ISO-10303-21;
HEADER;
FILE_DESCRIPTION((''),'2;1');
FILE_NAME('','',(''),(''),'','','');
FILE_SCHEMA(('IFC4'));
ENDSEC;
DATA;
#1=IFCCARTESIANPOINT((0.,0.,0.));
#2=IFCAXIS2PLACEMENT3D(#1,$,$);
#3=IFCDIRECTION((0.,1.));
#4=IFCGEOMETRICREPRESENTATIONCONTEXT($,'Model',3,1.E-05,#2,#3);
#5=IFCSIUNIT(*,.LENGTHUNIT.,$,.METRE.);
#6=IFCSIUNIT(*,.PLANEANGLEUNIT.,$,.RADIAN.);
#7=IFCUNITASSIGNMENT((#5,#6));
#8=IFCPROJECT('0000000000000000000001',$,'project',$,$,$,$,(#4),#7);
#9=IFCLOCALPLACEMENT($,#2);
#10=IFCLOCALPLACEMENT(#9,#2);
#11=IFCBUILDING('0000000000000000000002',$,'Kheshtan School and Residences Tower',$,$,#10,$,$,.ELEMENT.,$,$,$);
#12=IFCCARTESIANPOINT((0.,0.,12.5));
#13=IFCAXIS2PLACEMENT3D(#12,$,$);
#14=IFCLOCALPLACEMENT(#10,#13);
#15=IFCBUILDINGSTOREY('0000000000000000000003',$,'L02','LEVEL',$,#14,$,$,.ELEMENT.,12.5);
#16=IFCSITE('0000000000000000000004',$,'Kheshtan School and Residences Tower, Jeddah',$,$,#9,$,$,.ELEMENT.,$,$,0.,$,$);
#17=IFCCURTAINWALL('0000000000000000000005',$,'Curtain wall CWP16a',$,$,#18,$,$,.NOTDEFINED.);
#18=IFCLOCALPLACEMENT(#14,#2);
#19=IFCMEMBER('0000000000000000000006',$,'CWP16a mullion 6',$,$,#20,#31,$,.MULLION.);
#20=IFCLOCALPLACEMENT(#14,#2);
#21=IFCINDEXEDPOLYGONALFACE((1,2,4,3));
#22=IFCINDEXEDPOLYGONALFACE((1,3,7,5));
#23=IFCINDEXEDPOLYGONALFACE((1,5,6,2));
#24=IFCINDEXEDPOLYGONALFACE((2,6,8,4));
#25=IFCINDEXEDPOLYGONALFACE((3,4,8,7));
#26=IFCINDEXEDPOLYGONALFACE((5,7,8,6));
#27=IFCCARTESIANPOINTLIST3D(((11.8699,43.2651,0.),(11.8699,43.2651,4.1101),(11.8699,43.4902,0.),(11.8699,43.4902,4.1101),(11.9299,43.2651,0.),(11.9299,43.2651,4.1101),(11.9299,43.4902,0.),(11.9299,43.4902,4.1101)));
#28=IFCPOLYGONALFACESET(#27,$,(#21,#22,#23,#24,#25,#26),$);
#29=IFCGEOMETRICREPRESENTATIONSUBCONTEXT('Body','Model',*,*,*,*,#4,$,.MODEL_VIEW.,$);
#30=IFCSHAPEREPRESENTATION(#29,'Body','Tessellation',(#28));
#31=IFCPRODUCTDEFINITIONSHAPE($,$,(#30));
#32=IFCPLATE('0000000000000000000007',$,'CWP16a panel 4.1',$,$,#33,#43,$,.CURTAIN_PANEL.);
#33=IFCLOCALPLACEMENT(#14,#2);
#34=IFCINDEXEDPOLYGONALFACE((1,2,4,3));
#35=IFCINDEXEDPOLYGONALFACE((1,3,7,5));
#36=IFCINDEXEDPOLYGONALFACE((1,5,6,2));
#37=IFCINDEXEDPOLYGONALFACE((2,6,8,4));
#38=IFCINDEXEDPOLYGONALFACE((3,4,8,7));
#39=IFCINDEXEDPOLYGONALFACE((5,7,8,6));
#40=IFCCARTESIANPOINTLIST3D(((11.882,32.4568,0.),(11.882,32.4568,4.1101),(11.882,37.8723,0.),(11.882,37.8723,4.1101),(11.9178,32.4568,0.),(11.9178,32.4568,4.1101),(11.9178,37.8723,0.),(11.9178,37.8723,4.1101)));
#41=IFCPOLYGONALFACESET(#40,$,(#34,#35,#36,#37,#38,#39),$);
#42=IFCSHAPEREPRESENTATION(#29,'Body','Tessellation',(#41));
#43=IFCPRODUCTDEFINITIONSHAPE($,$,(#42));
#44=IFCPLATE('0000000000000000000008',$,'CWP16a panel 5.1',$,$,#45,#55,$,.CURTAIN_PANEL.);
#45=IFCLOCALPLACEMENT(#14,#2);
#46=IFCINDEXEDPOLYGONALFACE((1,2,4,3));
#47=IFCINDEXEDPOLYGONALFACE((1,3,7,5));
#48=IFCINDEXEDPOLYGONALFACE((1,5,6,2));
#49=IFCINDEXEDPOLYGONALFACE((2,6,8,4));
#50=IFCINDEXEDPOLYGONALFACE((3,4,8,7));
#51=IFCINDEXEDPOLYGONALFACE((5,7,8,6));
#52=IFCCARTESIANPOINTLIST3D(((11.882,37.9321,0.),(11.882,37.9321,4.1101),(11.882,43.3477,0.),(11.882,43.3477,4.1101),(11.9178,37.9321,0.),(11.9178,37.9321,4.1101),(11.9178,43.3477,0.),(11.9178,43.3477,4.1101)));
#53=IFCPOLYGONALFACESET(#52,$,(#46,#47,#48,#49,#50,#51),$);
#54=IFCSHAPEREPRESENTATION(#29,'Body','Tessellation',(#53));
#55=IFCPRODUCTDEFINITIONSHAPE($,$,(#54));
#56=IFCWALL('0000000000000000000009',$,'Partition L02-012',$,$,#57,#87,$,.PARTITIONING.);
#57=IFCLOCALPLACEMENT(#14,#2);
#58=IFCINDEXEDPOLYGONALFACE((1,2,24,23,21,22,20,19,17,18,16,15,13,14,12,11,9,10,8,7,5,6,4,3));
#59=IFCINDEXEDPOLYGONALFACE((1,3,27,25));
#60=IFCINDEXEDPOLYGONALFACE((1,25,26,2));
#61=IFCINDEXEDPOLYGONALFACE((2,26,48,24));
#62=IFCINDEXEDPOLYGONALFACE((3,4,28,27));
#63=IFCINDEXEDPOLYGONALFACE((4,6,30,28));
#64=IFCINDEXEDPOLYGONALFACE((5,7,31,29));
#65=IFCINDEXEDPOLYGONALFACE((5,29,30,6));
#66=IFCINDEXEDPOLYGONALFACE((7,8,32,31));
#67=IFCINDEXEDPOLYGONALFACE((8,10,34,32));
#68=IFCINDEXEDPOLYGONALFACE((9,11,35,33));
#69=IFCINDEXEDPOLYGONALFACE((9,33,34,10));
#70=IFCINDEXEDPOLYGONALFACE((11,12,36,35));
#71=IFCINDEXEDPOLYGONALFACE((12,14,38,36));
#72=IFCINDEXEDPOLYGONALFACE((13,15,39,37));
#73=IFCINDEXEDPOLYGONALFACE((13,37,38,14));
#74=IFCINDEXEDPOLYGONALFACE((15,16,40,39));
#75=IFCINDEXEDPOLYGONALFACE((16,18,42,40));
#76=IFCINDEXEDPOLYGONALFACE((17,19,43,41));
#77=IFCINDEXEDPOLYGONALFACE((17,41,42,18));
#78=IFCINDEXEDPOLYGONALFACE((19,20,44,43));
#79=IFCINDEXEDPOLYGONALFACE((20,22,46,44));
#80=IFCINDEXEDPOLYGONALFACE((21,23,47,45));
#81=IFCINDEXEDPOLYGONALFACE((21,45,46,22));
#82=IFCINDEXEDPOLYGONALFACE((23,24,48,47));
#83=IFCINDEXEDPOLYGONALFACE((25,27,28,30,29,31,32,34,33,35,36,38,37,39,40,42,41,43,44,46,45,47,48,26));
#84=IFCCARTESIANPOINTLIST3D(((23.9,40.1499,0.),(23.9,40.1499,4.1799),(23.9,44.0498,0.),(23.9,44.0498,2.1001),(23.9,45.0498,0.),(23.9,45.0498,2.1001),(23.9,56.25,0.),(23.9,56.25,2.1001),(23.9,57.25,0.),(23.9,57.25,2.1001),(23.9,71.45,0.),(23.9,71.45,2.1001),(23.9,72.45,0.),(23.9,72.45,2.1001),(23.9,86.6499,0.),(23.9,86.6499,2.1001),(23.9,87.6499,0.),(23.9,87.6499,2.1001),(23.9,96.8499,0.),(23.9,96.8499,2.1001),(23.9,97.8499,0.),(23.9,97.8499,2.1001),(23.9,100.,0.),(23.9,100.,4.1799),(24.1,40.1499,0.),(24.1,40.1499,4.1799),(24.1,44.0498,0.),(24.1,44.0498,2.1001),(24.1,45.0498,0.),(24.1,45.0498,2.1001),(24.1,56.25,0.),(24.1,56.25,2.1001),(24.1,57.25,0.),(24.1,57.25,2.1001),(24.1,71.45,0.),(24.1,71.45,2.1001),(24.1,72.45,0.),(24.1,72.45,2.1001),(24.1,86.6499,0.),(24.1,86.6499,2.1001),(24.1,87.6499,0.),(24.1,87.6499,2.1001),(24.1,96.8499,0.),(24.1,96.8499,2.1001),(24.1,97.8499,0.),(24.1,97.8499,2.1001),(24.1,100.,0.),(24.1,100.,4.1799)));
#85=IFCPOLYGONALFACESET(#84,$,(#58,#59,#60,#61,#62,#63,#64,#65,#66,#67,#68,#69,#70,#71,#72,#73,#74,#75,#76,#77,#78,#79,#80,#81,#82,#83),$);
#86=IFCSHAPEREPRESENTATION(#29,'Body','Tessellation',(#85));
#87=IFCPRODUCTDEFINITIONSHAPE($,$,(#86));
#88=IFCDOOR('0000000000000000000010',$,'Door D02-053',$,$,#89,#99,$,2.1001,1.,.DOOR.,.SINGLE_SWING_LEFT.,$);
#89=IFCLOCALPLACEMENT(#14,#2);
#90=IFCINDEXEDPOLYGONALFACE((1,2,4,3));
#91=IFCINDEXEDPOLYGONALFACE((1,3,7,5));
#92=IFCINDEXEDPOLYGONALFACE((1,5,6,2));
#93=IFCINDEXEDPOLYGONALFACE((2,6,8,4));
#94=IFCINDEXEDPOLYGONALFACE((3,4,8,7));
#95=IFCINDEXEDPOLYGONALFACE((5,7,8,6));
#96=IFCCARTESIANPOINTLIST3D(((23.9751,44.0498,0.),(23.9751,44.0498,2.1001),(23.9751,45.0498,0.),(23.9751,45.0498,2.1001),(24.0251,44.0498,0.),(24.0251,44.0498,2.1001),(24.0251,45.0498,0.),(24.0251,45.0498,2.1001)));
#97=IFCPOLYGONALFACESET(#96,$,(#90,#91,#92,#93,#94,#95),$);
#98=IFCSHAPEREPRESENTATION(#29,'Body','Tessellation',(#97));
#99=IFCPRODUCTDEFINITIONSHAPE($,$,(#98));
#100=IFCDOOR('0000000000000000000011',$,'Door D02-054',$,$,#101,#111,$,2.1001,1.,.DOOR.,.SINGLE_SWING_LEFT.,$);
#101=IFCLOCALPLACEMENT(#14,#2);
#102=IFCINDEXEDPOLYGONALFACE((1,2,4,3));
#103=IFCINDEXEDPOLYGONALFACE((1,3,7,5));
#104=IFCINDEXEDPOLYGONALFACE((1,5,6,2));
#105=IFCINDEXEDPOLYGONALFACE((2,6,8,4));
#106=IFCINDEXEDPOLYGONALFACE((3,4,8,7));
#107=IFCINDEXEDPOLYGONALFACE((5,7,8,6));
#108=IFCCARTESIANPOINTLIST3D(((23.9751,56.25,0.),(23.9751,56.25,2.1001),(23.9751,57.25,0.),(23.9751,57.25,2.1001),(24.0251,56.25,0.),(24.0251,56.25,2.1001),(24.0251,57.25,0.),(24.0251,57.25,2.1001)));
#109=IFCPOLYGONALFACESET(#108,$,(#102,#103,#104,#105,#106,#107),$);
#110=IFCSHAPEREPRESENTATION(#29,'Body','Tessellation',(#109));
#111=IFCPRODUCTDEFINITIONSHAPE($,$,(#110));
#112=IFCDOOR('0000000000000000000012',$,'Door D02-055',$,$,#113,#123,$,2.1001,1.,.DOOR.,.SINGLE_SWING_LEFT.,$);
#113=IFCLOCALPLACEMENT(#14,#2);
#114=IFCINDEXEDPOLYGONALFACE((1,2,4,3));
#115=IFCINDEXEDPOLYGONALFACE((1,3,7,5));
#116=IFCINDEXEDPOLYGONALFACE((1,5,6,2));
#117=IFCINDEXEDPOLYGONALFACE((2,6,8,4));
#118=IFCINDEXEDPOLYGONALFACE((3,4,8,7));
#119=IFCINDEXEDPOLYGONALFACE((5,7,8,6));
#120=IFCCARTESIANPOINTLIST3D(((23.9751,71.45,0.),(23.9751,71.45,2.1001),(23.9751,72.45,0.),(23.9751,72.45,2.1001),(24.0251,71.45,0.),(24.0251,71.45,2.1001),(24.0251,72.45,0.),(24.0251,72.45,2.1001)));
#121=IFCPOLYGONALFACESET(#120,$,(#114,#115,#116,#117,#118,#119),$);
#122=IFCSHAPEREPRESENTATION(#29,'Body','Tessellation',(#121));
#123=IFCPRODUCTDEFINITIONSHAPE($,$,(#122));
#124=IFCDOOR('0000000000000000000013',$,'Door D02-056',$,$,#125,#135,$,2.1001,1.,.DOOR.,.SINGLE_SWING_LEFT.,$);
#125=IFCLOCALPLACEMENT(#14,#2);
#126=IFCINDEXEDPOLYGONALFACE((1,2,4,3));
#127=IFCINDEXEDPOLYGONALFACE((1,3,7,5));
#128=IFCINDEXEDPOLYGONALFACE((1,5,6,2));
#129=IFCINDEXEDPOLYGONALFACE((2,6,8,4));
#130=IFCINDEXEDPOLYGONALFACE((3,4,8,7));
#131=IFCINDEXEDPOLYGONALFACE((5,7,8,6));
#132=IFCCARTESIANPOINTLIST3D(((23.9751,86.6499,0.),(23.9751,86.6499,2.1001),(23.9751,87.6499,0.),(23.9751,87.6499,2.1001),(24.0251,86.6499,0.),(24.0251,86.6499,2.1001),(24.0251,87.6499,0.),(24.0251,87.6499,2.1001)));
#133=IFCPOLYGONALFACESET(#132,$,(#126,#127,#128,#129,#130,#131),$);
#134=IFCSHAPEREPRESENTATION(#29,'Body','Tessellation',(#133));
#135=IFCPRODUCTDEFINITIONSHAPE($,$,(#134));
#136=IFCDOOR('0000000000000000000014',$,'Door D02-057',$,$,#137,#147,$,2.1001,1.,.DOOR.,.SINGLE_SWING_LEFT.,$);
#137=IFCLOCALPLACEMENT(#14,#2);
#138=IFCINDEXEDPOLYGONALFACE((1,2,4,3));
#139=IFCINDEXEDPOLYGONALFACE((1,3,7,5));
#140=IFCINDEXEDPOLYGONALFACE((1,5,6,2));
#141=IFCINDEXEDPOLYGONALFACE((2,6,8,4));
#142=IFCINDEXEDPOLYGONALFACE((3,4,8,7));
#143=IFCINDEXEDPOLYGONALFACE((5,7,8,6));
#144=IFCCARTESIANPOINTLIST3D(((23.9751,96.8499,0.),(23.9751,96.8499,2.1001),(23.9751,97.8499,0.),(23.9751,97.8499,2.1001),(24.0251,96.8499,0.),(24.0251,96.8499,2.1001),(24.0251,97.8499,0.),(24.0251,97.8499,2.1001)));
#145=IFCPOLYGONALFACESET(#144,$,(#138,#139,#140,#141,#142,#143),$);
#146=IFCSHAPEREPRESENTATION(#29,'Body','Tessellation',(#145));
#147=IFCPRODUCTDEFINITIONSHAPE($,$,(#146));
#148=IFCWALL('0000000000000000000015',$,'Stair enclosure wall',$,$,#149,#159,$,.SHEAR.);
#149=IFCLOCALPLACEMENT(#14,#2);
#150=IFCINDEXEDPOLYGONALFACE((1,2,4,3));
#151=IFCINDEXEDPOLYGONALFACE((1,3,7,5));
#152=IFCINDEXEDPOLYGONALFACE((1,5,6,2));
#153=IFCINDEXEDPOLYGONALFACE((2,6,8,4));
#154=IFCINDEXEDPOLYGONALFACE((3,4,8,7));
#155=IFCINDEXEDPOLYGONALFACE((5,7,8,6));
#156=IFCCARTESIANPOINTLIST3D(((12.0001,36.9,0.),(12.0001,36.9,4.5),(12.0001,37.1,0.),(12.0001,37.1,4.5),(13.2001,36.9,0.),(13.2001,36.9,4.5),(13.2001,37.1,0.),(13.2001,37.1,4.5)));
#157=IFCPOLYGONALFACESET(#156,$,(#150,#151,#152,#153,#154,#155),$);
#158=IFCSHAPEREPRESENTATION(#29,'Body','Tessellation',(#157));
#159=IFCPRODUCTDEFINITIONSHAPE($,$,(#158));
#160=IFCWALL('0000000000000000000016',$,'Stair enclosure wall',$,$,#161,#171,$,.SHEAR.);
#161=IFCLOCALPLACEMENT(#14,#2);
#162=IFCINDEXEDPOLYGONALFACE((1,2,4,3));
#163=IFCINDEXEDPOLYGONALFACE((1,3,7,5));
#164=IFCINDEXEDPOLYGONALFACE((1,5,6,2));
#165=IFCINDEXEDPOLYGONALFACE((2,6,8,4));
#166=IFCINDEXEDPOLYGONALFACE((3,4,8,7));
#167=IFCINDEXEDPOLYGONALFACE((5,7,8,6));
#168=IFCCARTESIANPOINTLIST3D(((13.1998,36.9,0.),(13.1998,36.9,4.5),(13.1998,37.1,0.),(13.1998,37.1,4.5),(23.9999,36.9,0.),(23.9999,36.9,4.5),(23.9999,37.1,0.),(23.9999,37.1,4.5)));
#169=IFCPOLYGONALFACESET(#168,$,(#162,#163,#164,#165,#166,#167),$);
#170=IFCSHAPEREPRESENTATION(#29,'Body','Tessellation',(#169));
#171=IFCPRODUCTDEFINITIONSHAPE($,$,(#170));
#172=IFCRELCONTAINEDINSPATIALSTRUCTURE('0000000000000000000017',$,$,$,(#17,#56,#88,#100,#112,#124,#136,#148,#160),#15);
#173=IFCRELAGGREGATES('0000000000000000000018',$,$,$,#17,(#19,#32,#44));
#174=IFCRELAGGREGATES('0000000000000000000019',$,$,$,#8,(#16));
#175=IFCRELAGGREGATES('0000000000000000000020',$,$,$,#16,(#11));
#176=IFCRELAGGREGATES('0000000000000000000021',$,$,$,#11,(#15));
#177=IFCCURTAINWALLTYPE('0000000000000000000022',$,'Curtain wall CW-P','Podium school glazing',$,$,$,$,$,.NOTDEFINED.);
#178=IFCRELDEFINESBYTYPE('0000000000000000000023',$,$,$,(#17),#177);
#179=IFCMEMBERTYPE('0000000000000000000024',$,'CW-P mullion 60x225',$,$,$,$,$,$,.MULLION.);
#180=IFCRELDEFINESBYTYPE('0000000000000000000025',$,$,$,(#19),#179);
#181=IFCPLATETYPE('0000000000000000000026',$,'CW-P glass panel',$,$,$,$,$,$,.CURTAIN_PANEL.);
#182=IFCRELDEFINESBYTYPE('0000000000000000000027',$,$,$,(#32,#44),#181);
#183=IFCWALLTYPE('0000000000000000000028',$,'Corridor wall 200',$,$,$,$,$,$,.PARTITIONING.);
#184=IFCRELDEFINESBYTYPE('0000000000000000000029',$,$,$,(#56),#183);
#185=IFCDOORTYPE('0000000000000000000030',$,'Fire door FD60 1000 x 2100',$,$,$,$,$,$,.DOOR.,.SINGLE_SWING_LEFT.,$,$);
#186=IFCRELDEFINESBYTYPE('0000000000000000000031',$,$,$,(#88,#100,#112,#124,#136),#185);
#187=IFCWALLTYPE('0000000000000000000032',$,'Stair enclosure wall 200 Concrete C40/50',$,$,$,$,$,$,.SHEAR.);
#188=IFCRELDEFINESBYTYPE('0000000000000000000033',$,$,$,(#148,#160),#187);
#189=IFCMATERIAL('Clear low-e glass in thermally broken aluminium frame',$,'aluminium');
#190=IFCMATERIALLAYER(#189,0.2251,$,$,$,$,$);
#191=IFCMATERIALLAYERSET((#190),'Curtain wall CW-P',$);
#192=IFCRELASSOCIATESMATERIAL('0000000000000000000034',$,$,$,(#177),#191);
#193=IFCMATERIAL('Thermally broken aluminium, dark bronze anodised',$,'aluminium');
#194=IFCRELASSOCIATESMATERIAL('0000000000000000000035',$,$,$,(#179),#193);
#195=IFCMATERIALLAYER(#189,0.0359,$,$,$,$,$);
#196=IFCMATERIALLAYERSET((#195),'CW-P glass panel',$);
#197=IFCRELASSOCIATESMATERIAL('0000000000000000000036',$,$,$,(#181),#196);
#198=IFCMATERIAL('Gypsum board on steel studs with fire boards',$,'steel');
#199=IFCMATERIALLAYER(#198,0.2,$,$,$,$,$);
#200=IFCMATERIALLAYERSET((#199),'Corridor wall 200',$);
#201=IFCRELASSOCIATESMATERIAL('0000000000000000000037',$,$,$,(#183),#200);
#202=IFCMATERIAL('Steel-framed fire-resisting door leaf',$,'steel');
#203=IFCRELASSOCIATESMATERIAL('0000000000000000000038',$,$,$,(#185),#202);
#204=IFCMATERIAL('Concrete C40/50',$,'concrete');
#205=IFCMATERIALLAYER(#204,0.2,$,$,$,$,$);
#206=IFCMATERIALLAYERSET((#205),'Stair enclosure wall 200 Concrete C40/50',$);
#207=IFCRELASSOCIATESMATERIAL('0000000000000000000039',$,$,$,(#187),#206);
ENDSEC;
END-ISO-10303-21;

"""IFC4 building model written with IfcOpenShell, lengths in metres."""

from ifc_helpers import new_model, si_unit, direction, frame, frame_2d, origin, origin_2d, place, context, subcontext, project, spatial, rectangle, extrude, source, transform, mapped, material, layer, layer_set, material_profile, profile_set, type_object, element, fill, aggregate, save


model = new_model("IFC4")

# Units and contexts
model_context = context("Model", 3, precision=1e-05, world=origin(), true_north=direction((0.0, 1.0)))
body_context = subcontext(model_context, "Body", "Model", "MODEL_VIEW")
ifc_project = project(units=[si_unit("LENGTHUNIT", "METRE"), si_unit("PLANEANGLEUNIT", "RADIAN")], contexts=[model_context])

# Site, building, storey
site_placement = place(None, origin())
site = spatial("IfcSite", under=ifc_project, at=site_placement, Name="Kheshtan School and Residences Tower, Jeddah", CompositionType="ELEMENT", RefElevation=0.0)
building_placement = place(site_placement, origin())
building = spatial("IfcBuilding", under=site, at=building_placement, Name="Kheshtan School and Residences Tower", CompositionType="ELEMENT")
storey_placement = place(building_placement, frame((0.0, 0.0, 12.5)))
storey = spatial("IfcBuildingStorey", under=building, at=storey_placement, Name="L02", Description="LEVEL", CompositionType="ELEMENT", Elevation=12.5)

# Curtain wall, member, plates
ifc_material_1 = material(Name="Clear low-e glass in thermally broken aluminium frame", Category="aluminium")
ifc_layer_1 = layer(ifc_material_1, 0.2251)
ifc_layer_set_1 = layer_set([ifc_layer_1], Name="Curtain wall CW-P")
curtain_wall_type = type_object("IfcCurtainWallType", Name="Curtain wall CW-P", Description="Podium school glazing", PredefinedType="NOTDEFINED", material=ifc_layer_set_1)
curtain_wall_placement = place(storey_placement, origin())
curtain_wall = element("IfcCurtainWall", 1, at=curtain_wall_placement, inside=storey, type_object=curtain_wall_type, Name="Curtain wall CWP16a", PredefinedType="NOTDEFINED")
ifc_material_2 = material(Name="Thermally broken aluminium, dark bronze anodised", Category="aluminium")
ifc_material_profile_1 = material_profile(ifc_material_2, rectangle(XDim=0.0601, YDim=0.2251, at=origin_2d()), Name="CW-P mullion 60x225")
ifc_profile_set_1 = profile_set([ifc_material_profile_1], Name="Thermally broken aluminium, dark bronze anodised")
member_type = type_object("IfcMemberType", Name="CW-P mullion 60x225", PredefinedType="MULLION", material=ifc_profile_set_1)
member_1_placement = place(storey_placement, frame((11.8999, 43.3777, 0.0), z_axis=(0.0, 0.0, 1.0), x_axis=(-1.0, 0.0, 0.0)))
member_1 = element("IfcMember", 2, at=member_1_placement, type_object=member_type, Name="CWP16a mullion 6", PredefinedType="MULLION", context=body_context, shape_type="SweptSolid", body=[
    extrude(rectangle(XDim=0.0601, YDim=0.2251, at=origin_2d()), origin(), (0.0, 0.0, 1.0), 4.1101),
])
ifc_layer_2 = layer(ifc_material_1, 0.0359)
ifc_layer_set_2 = layer_set([ifc_layer_2], Name="CW-P glass panel")
plate_type = type_object("IfcPlateType", Name="CW-P glass panel", PredefinedType="CURTAIN_PANEL", material=ifc_layer_set_2)
plate_1_placement = place(storey_placement, frame((11.8999, 35.1646, 0.0), z_axis=(0.0, 0.0, 1.0), x_axis=(0.0, 1.0, 0.0)))
plate_1 = element("IfcPlate", 3, at=plate_1_placement, type_object=plate_type, Name="CWP16a panel 4.1", PredefinedType="CURTAIN_PANEL", context=body_context, shape_type="SweptSolid", body=[
    extrude(rectangle(XDim=5.4155, YDim=0.0359, at=origin_2d()), origin(), (0.0, 0.0, 1.0), 4.1101),
])
plate_2_placement = place(storey_placement, frame((11.8999, 40.6399, 0.0), z_axis=(0.0, 0.0, 1.0), x_axis=(0.0, 1.0, 0.0)))
plate_2 = element("IfcPlate", 4, at=plate_2_placement, type_object=plate_type, Name="CWP16a panel 5.1", PredefinedType="CURTAIN_PANEL", context=body_context, shape_type="SweptSolid", body=[
    extrude(rectangle(XDim=5.4155, YDim=0.0359, at=origin_2d()), origin(), (0.0, 0.0, 1.0), 4.1101),
])
aggregate(curtain_wall, [member_1, plate_1, plate_2])

# Wall, openings, doors
ifc_material_3 = material(Name="Gypsum board on steel studs with fire boards", Category="steel")
ifc_layer_3 = layer(ifc_material_3, 0.2)
ifc_layer_set_3 = layer_set([ifc_layer_3], Name="Corridor wall 200")
wall_type_1 = type_object("IfcWallType", Name="Corridor wall 200", PredefinedType="PARTITIONING", material=ifc_layer_set_3)
wall_1_placement = place(storey_placement, frame((24.0, 40.1499, 0.0), z_axis=(0.0, 0.0, 1.0), x_axis=(0.0, 1.0, 0.0)))
wall_1 = element("IfcWall", 5, at=wall_1_placement, inside=storey, type_object=wall_type_1, Name="Partition L02-012", PredefinedType="PARTITIONING", context=body_context, shape_type="SweptSolid", body=[
    extrude(rectangle(XDim=59.8501, YDim=0.2, at=frame_2d((29.925, 0.0))), origin(), (0.0, 0.0, 1.0), 4.1799),
])
opening_1_placement = place(wall_1_placement, frame((3.8999, 0.0, 0.0)))
opening_1 = element("IfcOpeningElement", 6, at=opening_1_placement, cuts=wall_1, PredefinedType="OPENING", context=body_context, shape_type="SweptSolid", body=[
    extrude(rectangle(XDim=1.0, YDim=2.1001, at=frame_2d((0.5, 1.05))), frame((0.0, 0.1099, 0.0), z_axis=(0.0, -1.0, 0.0), x_axis=(1.0, 0.0, 0.0)), (0.0, 0.0, 1.0), 0.22),
])
opening_2_placement = place(wall_1_placement, frame((16.1001, 0.0, 0.0)))
opening_2 = element("IfcOpeningElement", 7, at=opening_2_placement, cuts=wall_1, PredefinedType="OPENING", context=body_context, shape_type="SweptSolid", body=[
    extrude(rectangle(XDim=1.0, YDim=2.1001, at=frame_2d((0.5, 1.05))), frame((0.0, 0.1099, 0.0), z_axis=(0.0, -1.0, 0.0), x_axis=(1.0, 0.0, 0.0)), (0.0, 0.0, 1.0), 0.22),
])
opening_3_placement = place(wall_1_placement, frame((31.3, 0.0, 0.0)))
opening_3 = element("IfcOpeningElement", 8, at=opening_3_placement, cuts=wall_1, PredefinedType="OPENING", context=body_context, shape_type="SweptSolid", body=[
    extrude(rectangle(XDim=1.0, YDim=2.1001, at=frame_2d((0.5, 1.05))), frame((0.0, 0.1099, 0.0), z_axis=(0.0, -1.0, 0.0), x_axis=(1.0, 0.0, 0.0)), (0.0, 0.0, 1.0), 0.22),
])
opening_4_placement = place(wall_1_placement, frame((46.5, 0.0, 0.0)))
opening_4 = element("IfcOpeningElement", 9, at=opening_4_placement, cuts=wall_1, PredefinedType="OPENING", context=body_context, shape_type="SweptSolid", body=[
    extrude(rectangle(XDim=1.0, YDim=2.1001, at=frame_2d((0.5, 1.05))), frame((0.0, 0.1099, 0.0), z_axis=(0.0, -1.0, 0.0), x_axis=(1.0, 0.0, 0.0)), (0.0, 0.0, 1.0), 0.22),
])
opening_5_placement = place(wall_1_placement, frame((56.7, 0.0, 0.0)))
opening_5 = element("IfcOpeningElement", 10, at=opening_5_placement, cuts=wall_1, PredefinedType="OPENING", context=body_context, shape_type="SweptSolid", body=[
    extrude(rectangle(XDim=1.0, YDim=2.1001, at=frame_2d((0.5, 1.05))), frame((0.0, 0.1099, 0.0), z_axis=(0.0, -1.0, 0.0), x_axis=(1.0, 0.0, 0.0)), (0.0, 0.0, 1.0), 0.22),
])
ifc_material_4 = material(Name="Steel-framed fire-resisting door leaf", Category="steel")
door_type_1 = type_object("IfcDoorType", Name="Fire door FD60 1000 x 2100", OperationType="SINGLE_SWING_LEFT", PredefinedType="DOOR", material=ifc_material_4)
shared_shape_1 = source(origin(), body_context, "Body", "SweptSolid", [
    extrude(rectangle(XDim=1.0, YDim=2.1001, at=frame_2d((0.5, 1.05))), frame((0.0, 0.0249, 0.0), z_axis=(0.0, -1.0, 0.0), x_axis=(1.0, 0.0, 0.0)), (0.0, 0.0, 1.0), 0.05),
])
door_1_placement = place(opening_1_placement, origin())
door_1 = element("IfcDoor", 11, at=door_1_placement, inside=storey, type_object=door_type_1, Name="Door D02-053", OperationType="SINGLE_SWING_LEFT", OverallHeight=2.1001, OverallWidth=1.0, PredefinedType="DOOR", context=body_context, shape_type="MappedRepresentation", body=[
    mapped(shared_shape_1, transform((0.0, 0.0, 0.0), x_axis=(1.0, 0.0, 0.0), y_axis=(0.0, 1.0, 0.0), z_axis=(0.0, 0.0, 1.0), scale=1.0)),
])
fill(opening_1, door_1)
door_2_placement = place(opening_2_placement, origin())
door_2 = element("IfcDoor", 12, at=door_2_placement, inside=storey, type_object=door_type_1, Name="Door D02-054", OperationType="SINGLE_SWING_LEFT", OverallHeight=2.1001, OverallWidth=1.0, PredefinedType="DOOR", context=body_context, shape_type="MappedRepresentation", body=[
    mapped(shared_shape_1, transform((0.0, 0.0, 0.0), x_axis=(1.0, 0.0, 0.0), y_axis=(0.0, 1.0, 0.0), z_axis=(0.0, 0.0, 1.0), scale=1.0)),
])
fill(opening_2, door_2)
door_3_placement = place(opening_3_placement, origin())
door_3 = element("IfcDoor", 13, at=door_3_placement, inside=storey, type_object=door_type_1, Name="Door D02-055", OperationType="SINGLE_SWING_LEFT", OverallHeight=2.1001, OverallWidth=1.0, PredefinedType="DOOR", context=body_context, shape_type="MappedRepresentation", body=[
    mapped(shared_shape_1, transform((0.0, 0.0, 0.0), x_axis=(1.0, 0.0, 0.0), y_axis=(0.0, 1.0, 0.0), z_axis=(0.0, 0.0, 1.0), scale=1.0)),
])
fill(opening_3, door_3)
door_4_placement = place(opening_4_placement, origin())
door_4 = element("IfcDoor", 14, at=door_4_placement, inside=storey, type_object=door_type_1, Name="Door D02-056", OperationType="SINGLE_SWING_LEFT", OverallHeight=2.1001, OverallWidth=1.0, PredefinedType="DOOR", context=body_context, shape_type="MappedRepresentation", body=[
    mapped(shared_shape_1, transform((0.0, 0.0, 0.0), x_axis=(1.0, 0.0, 0.0), y_axis=(0.0, 1.0, 0.0), z_axis=(0.0, 0.0, 1.0), scale=1.0)),
])
fill(opening_4, door_4)
door_5_placement = place(opening_5_placement, origin())
door_5 = element("IfcDoor", 15, at=door_5_placement, inside=storey, type_object=door_type_1, Name="Door D02-057", OperationType="SINGLE_SWING_LEFT", OverallHeight=2.1001, OverallWidth=1.0, PredefinedType="DOOR", context=body_context, shape_type="MappedRepresentation", body=[
    mapped(shared_shape_1, transform((0.0, 0.0, 0.0), x_axis=(1.0, 0.0, 0.0), y_axis=(0.0, 1.0, 0.0), z_axis=(0.0, 0.0, 1.0), scale=1.0)),
])
fill(opening_5, door_5)

# Walls
ifc_material_5 = material(Name="Concrete C40/50", Category="concrete")
ifc_layer_4 = layer(ifc_material_5, 0.2)
ifc_layer_set_4 = layer_set([ifc_layer_4], Name="Stair enclosure wall 200 Concrete C40/50")
wall_type_2 = type_object("IfcWallType", Name="Stair enclosure wall 200 Concrete C40/50", PredefinedType="SHEAR", material=ifc_layer_set_4)
wall_2_placement = place(storey_placement, frame((12.0, 37.0, 0.0), z_axis=(0.0, 0.0, 1.0), x_axis=(1.0, 0.0, 0.0)))
element("IfcWall", 16, at=wall_2_placement, inside=storey, type_object=wall_type_2, Name="Stair enclosure wall", PredefinedType="SHEAR", context=body_context, shape_type="SweptSolid", body=[
    extrude(rectangle(XDim=1.2, YDim=0.2, at=frame_2d((0.6001, 0.0))), origin(), (0.0, 0.0, 1.0), 4.5),
])
wall_3_placement = place(storey_placement, frame((13.2, 37.0, 0.0), z_axis=(0.0, 0.0, 1.0), x_axis=(1.0, 0.0, 0.0)))
element("IfcWall", 17, at=wall_3_placement, inside=storey, type_object=wall_type_2, Name="Stair enclosure wall", PredefinedType="SHEAR", context=body_context, shape_type="SweptSolid", body=[
    extrude(rectangle(XDim=10.8, YDim=0.2, at=frame_2d((5.3999, 0.0))), origin(), (0.0, 0.0, 1.0), 4.5),
])

save(model, "model.ifc")
